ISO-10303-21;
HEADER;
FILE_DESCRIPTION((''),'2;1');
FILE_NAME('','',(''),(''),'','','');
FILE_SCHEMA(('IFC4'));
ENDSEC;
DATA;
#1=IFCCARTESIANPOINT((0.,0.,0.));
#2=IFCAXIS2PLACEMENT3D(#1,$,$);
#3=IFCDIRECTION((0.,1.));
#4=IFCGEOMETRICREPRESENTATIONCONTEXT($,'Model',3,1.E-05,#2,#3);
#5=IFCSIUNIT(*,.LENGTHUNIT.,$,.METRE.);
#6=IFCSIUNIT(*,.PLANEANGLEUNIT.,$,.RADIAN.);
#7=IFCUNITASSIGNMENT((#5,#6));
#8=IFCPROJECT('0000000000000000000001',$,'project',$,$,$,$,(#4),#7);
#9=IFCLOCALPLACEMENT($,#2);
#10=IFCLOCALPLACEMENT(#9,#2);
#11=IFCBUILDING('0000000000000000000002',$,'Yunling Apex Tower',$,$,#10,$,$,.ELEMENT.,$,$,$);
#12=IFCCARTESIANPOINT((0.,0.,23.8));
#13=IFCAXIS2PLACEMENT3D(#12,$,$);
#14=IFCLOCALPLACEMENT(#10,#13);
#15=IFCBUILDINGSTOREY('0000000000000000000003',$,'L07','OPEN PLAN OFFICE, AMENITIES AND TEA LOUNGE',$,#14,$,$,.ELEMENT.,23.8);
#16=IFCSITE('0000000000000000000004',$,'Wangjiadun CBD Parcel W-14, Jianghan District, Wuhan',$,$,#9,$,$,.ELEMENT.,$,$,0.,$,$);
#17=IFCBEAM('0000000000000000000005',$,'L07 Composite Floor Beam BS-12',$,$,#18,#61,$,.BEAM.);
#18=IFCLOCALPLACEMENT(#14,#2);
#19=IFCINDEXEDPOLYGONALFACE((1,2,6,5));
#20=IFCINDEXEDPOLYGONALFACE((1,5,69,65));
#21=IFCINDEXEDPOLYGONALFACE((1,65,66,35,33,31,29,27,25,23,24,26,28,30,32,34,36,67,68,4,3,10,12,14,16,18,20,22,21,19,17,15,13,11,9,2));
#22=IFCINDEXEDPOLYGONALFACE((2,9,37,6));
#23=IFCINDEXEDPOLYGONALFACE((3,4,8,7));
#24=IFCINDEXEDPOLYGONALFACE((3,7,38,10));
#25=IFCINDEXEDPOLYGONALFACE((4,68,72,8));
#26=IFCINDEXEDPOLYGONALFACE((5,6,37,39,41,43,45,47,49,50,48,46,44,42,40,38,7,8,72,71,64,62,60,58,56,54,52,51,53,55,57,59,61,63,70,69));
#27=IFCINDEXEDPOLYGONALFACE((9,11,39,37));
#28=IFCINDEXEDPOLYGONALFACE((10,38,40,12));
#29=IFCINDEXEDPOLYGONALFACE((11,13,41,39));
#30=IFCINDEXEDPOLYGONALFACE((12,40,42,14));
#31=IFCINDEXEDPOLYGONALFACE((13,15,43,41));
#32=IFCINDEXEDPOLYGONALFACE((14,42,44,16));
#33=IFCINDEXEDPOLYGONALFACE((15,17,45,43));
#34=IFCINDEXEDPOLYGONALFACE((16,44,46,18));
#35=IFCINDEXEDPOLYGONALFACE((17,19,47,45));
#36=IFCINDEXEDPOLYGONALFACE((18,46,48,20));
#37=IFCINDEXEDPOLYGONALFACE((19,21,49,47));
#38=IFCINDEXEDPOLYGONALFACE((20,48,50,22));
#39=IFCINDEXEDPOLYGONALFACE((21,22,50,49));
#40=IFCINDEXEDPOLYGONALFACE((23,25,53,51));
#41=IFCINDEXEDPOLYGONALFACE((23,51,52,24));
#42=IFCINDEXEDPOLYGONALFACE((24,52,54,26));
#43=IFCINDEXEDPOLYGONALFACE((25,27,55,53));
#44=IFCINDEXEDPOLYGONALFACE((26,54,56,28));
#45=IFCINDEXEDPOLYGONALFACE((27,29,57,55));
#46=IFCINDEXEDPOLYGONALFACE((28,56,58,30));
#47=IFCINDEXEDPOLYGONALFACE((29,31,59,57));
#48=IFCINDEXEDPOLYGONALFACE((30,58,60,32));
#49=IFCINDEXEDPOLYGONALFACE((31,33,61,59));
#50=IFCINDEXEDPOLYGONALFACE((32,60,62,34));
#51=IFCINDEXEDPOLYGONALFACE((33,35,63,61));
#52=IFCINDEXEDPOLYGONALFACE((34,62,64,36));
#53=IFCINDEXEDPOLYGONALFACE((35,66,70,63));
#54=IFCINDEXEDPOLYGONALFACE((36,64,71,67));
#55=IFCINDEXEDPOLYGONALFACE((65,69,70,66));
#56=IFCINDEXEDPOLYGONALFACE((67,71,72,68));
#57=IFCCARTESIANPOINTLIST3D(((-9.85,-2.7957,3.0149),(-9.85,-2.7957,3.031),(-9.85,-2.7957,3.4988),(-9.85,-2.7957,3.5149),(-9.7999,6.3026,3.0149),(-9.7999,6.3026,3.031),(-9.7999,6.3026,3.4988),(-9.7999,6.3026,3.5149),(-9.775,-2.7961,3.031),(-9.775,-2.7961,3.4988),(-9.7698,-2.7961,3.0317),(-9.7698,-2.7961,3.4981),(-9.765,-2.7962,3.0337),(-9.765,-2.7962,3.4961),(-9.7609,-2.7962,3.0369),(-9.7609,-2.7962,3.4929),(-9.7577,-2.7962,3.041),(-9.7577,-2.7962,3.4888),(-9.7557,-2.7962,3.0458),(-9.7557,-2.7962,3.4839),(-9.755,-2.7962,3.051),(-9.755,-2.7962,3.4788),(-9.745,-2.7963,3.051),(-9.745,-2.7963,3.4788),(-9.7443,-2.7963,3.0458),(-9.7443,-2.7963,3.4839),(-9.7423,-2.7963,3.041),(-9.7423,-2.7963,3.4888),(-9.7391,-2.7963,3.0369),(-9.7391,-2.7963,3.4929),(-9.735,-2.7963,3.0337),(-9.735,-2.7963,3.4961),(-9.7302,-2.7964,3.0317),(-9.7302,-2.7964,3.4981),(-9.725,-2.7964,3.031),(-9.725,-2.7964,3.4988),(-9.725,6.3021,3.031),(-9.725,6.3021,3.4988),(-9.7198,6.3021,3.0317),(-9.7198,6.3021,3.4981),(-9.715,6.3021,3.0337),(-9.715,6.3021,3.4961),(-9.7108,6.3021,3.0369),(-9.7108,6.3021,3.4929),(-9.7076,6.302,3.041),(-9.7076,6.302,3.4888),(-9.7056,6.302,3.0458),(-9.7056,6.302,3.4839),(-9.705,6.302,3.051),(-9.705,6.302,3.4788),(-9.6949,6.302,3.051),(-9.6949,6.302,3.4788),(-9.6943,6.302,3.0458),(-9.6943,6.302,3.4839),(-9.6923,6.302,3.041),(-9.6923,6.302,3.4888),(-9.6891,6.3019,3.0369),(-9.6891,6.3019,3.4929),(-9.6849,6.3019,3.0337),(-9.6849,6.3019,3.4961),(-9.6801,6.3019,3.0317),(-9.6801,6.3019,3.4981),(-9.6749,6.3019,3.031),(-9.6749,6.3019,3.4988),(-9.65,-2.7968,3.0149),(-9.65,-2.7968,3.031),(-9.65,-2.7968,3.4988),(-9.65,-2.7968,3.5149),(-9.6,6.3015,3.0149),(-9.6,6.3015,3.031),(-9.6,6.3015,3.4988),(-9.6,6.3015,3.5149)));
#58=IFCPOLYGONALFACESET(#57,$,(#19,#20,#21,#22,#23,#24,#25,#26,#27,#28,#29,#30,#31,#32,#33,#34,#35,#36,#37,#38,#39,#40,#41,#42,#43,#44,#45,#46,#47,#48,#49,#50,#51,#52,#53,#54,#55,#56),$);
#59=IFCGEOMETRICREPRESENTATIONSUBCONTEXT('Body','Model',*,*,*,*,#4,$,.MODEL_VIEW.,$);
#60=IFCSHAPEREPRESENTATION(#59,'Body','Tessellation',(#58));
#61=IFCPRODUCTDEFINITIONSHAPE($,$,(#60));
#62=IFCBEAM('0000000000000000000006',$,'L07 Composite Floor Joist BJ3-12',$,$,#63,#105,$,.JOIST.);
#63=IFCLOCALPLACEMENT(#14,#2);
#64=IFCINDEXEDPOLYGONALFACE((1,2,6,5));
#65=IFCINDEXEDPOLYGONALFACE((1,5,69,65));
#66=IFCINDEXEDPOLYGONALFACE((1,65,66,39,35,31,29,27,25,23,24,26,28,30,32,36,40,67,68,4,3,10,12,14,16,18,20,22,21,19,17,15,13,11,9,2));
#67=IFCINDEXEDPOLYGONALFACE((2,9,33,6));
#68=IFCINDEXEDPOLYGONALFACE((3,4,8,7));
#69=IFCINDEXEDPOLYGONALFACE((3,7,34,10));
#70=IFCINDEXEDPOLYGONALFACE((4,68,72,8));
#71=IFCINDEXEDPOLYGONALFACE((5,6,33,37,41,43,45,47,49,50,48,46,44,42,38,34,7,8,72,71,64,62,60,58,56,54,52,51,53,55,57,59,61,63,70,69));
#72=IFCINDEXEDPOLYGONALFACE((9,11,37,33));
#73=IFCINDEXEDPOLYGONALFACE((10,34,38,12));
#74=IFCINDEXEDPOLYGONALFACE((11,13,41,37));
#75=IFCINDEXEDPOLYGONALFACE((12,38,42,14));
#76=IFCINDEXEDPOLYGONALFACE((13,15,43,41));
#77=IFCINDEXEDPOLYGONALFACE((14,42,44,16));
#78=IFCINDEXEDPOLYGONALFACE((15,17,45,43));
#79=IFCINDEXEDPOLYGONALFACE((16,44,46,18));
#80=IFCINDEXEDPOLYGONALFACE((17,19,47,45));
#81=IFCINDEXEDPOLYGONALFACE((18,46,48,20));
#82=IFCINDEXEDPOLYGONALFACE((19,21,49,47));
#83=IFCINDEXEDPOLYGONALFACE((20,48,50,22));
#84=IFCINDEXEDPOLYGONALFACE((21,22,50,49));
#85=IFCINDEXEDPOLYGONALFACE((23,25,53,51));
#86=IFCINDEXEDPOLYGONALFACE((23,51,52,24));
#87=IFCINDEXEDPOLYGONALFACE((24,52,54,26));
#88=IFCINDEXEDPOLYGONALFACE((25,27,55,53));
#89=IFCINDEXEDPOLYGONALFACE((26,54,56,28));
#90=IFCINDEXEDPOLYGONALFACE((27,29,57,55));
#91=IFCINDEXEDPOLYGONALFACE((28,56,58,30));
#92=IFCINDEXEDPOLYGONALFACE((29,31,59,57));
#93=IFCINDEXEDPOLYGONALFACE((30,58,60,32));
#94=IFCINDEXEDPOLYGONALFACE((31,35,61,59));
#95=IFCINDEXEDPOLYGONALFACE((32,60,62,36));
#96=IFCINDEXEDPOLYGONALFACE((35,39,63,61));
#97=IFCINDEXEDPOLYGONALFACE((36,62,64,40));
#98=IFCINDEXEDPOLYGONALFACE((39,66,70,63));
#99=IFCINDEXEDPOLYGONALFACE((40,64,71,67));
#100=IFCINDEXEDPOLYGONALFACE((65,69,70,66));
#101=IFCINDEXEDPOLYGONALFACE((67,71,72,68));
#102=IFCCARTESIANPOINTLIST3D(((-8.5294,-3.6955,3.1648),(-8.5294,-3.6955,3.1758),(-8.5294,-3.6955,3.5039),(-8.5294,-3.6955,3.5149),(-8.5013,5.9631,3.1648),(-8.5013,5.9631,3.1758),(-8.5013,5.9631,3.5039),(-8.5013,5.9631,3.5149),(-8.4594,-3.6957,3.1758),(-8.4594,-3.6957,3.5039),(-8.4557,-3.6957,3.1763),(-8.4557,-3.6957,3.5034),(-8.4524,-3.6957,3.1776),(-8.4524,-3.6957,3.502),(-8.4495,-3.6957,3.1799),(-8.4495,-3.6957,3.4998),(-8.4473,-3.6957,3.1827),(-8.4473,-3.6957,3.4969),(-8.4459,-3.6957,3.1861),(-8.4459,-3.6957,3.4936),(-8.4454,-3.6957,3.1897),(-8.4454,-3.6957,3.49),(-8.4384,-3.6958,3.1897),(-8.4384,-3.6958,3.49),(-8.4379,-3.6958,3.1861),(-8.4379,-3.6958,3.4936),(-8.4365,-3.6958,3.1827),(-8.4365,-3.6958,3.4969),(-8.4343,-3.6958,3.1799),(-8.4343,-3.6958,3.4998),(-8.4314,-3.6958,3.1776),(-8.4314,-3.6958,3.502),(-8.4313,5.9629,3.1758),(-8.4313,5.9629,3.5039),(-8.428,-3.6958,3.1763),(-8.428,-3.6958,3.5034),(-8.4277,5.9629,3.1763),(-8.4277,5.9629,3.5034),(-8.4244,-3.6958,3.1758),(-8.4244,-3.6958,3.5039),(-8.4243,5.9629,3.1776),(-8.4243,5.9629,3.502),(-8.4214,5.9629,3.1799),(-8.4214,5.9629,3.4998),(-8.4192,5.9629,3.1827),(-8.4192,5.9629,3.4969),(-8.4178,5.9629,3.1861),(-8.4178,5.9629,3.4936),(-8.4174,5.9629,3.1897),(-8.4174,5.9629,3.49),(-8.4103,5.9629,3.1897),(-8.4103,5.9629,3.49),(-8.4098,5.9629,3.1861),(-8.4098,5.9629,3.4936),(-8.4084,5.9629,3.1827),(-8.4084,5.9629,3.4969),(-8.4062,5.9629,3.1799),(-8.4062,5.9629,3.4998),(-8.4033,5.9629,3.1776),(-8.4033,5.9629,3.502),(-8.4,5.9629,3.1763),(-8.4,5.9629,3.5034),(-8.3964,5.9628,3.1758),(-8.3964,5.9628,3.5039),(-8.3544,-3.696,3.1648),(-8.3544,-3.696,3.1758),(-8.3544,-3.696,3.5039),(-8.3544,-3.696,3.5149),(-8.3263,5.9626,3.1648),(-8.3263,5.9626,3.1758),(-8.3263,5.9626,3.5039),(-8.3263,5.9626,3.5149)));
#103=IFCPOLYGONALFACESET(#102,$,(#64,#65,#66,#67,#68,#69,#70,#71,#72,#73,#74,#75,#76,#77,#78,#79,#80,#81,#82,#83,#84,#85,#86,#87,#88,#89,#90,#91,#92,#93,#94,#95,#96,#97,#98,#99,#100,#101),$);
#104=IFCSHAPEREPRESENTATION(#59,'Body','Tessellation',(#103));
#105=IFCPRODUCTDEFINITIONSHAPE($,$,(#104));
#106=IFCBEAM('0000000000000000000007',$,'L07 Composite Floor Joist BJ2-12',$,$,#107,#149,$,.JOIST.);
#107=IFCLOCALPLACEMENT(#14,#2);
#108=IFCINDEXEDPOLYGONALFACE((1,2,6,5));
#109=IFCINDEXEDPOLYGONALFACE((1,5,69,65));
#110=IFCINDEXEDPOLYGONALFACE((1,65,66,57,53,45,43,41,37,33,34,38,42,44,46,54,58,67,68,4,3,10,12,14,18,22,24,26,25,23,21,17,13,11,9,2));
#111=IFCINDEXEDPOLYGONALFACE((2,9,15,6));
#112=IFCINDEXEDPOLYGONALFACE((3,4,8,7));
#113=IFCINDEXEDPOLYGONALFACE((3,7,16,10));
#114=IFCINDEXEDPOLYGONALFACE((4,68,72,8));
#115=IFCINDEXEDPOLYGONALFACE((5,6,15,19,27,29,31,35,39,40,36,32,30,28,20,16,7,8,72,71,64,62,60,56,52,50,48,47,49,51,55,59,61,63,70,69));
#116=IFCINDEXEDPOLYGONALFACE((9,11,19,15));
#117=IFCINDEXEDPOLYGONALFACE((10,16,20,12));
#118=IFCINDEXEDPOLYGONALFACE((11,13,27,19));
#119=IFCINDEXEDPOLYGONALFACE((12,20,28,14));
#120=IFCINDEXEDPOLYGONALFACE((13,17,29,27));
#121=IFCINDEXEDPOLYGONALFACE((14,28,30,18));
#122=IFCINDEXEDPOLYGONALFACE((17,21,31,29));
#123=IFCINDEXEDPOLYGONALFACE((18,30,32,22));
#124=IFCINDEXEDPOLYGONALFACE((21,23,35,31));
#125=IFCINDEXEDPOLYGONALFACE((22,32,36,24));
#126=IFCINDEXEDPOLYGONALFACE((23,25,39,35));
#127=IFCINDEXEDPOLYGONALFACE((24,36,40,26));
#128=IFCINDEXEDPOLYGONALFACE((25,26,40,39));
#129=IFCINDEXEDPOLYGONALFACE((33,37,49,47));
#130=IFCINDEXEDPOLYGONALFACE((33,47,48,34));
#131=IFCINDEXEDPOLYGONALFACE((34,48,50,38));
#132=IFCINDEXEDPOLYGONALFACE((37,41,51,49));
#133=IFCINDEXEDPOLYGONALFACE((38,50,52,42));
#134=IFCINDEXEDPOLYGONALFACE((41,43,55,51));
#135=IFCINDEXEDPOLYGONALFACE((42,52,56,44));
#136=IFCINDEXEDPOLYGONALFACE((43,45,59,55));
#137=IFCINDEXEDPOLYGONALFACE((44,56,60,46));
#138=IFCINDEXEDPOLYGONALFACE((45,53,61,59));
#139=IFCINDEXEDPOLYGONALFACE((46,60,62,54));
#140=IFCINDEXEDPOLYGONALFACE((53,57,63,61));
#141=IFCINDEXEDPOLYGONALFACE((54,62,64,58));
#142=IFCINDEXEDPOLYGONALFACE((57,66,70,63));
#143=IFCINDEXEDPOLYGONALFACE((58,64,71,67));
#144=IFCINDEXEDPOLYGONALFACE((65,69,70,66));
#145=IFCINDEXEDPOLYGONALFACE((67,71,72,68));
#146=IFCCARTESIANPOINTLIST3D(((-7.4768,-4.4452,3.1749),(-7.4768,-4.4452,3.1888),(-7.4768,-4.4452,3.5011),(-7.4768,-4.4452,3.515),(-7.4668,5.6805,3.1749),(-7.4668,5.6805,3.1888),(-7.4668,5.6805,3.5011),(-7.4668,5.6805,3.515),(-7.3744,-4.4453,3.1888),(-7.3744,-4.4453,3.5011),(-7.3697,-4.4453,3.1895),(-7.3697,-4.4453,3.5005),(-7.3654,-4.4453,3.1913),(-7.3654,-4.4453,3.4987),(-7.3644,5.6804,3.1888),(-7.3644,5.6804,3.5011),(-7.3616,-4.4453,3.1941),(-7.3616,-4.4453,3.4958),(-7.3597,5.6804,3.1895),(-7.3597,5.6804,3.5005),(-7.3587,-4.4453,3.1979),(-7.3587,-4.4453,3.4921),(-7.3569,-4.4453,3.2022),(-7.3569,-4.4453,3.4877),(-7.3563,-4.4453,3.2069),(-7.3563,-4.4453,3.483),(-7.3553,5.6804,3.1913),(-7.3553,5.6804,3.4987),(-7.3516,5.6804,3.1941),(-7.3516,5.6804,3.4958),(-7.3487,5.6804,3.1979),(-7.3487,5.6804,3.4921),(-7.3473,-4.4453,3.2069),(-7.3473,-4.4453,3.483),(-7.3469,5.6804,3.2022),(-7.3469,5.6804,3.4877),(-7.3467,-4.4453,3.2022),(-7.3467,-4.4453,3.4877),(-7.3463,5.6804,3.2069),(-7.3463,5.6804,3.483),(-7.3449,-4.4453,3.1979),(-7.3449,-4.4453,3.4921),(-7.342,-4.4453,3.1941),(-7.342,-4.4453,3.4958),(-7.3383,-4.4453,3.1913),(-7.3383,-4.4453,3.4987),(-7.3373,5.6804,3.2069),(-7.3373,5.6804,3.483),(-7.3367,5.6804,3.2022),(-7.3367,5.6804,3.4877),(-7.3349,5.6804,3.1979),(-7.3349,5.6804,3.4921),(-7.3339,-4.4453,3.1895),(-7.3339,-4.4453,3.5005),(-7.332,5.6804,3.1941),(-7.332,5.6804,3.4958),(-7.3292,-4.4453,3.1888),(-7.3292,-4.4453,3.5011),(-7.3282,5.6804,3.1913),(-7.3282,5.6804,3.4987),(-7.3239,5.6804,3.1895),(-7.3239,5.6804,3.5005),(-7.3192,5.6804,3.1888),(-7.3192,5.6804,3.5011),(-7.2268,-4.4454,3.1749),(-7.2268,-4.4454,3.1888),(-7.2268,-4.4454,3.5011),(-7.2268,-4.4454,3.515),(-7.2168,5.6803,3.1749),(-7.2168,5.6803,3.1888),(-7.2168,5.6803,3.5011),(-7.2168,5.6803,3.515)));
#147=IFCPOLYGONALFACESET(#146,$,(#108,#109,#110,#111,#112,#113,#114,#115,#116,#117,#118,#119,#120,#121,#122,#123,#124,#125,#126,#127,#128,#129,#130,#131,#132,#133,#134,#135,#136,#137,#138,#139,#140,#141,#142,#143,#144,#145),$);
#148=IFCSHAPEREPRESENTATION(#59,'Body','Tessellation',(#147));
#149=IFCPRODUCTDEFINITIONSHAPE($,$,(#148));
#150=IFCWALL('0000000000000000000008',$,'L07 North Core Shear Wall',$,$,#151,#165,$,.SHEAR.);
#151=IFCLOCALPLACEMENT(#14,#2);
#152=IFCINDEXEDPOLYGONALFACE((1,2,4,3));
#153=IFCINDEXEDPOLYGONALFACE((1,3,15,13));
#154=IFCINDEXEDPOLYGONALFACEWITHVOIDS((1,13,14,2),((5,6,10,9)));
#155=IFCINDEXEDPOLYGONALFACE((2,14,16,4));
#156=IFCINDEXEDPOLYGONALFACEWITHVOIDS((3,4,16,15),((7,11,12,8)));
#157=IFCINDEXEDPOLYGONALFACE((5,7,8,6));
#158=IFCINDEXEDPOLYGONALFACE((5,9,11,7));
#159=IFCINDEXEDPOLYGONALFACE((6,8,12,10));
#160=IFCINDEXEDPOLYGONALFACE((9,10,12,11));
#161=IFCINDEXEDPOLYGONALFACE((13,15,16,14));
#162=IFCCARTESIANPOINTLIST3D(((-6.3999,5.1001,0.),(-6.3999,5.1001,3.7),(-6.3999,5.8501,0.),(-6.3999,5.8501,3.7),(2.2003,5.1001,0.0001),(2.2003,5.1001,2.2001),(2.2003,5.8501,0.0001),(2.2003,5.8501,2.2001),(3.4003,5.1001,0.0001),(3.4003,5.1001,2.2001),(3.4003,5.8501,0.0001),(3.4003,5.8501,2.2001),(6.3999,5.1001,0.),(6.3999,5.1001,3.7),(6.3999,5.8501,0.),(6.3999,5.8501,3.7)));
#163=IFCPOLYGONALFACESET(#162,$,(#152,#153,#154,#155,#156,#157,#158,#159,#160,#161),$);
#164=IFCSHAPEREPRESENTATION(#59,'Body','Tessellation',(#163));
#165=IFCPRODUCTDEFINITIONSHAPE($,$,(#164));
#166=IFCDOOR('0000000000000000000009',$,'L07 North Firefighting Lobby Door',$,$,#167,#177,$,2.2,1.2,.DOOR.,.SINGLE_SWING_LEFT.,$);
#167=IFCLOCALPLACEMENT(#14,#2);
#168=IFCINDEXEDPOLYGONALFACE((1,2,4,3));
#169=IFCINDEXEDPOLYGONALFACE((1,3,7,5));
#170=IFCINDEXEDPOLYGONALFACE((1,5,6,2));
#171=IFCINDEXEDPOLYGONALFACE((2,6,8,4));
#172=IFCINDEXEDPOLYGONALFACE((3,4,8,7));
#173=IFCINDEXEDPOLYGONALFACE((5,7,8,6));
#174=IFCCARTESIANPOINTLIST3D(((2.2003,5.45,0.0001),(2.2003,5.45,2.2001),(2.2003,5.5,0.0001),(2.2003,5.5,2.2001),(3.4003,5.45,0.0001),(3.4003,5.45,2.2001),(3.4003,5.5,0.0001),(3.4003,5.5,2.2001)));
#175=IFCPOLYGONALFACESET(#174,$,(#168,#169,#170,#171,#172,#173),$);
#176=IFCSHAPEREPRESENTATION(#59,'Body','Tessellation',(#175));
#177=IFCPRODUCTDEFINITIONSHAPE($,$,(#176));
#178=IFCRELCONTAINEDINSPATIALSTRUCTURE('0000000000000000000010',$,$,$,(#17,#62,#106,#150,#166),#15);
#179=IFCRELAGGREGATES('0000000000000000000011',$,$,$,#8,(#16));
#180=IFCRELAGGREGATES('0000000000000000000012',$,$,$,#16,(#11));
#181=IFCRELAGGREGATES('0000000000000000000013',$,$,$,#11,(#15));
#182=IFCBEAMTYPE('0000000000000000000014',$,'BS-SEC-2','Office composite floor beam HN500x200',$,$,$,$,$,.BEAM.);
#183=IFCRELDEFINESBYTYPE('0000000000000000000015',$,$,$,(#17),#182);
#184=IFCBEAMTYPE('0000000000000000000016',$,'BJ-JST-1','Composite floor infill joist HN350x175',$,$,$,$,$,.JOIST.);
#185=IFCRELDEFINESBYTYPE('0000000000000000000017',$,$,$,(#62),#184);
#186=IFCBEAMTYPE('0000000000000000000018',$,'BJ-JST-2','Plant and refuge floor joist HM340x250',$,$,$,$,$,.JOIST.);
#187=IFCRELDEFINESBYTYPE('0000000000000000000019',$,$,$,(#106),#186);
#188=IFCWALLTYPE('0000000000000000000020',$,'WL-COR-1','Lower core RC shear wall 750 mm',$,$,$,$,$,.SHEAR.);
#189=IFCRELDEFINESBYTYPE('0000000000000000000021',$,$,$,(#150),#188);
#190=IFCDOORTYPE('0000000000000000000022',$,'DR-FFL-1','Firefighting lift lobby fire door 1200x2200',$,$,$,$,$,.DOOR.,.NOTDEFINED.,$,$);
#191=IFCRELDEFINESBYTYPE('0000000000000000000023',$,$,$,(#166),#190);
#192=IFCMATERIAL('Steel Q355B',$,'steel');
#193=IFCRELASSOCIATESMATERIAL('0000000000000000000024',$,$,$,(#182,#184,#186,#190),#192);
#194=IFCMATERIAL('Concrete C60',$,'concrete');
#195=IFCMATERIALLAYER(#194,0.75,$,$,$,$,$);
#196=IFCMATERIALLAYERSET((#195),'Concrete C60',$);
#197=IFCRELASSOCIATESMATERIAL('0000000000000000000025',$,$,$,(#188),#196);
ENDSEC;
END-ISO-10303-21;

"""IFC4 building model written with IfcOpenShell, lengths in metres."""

from ifc_helpers import new_model, si_unit, direction, frame, frame_2d, origin, origin_2d, place, context, subcontext, project, spatial, rectangle, i_section, extrude, source, transform, mapped, material, layer, layer_set, material_profile, profile_set, type_object, element, fill, save


model = new_model("IFC4")

# Units and contexts
model_context = context("Model", 3, precision=1e-05, world=origin(), true_north=direction((0.0, 1.0)))
body_context = subcontext(model_context, "Body", "Model", "MODEL_VIEW")
ifc_project = project(units=[si_unit("LENGTHUNIT", "METRE"), si_unit("PLANEANGLEUNIT", "RADIAN")], contexts=[model_context])

# Site, building, storey
site_placement = place(None, origin())
site = spatial("IfcSite", under=ifc_project, at=site_placement, Name="Wangjiadun CBD Parcel W-14, Jianghan District, Wuhan", CompositionType="ELEMENT", RefElevation=0.0)
building_placement = place(site_placement, origin())
building = spatial("IfcBuilding", under=site, at=building_placement, Name="Yunling Apex Tower", CompositionType="ELEMENT")
storey_placement = place(building_placement, frame((0.0, 0.0, 23.8)))
storey = spatial("IfcBuildingStorey", under=building, at=storey_placement, Name="L07", Description="OPEN PLAN OFFICE, AMENITIES AND TEA LOUNGE", CompositionType="ELEMENT", Elevation=23.8)

# Shared definitions
ifc_material_1 = material(Name="Concrete C60", Category="concrete")

# Beams
ifc_material_2 = material(Name="Steel Q355B", Category="steel")
ifc_material_profile_1 = material_profile(ifc_material_2, i_section(OverallWidth=0.2, OverallDepth=0.5, WebThickness=0.01, FlangeThickness=0.0161, FilletRadius=0.02, at=origin_2d()))
ifc_profile_set_1 = profile_set([ifc_material_profile_1], Name="Steel Q355B")
beam_type_1 = type_object("IfcBeamType", Name="BS-SEC-2", Description="Office composite floor beam HN500x200", PredefinedType="BEAM", material=ifc_profile_set_1)
shared_shape_1 = source(origin(), body_context, "Body", "SweptSolid", [
    extrude(i_section(OverallWidth=0.2, OverallDepth=0.5, WebThickness=0.01, FlangeThickness=0.0161, FilletRadius=0.02, at=origin_2d()), origin(), (0.0, 0.0, 1.0), 9.0984),
])
beam_1_placement = place(storey_placement, frame((-9.7, 6.302, 3.2649), z_axis=(-0.005501, -0.999985, 0.0), x_axis=(0.999985, -0.005501, 0.0)))
element("IfcBeam", 1, at=beam_1_placement, inside=storey, type_object=beam_type_1, Name="L07 Composite Floor Beam BS-12", PredefinedType="BEAM", context=body_context, shape_type="MappedRepresentation", body=[
    mapped(shared_shape_1, transform((0.0, 0.0, 0.0), scale=1.0)),
])
ifc_material_profile_2 = material_profile(ifc_material_2, i_section(OverallWidth=0.175, OverallDepth=0.3501, WebThickness=0.0071, FlangeThickness=0.011, FilletRadius=0.0139, at=origin_2d()))
ifc_profile_set_2 = profile_set([ifc_material_profile_2], Name="Steel Q355B")
beam_type_2 = type_object("IfcBeamType", Name="BJ-JST-1", Description="Composite floor infill joist HN350x175", PredefinedType="JOIST", material=ifc_profile_set_2)
shared_shape_2 = source(origin(), body_context, "Body", "SweptSolid", [
    extrude(i_section(OverallWidth=0.175, OverallDepth=0.3501, WebThickness=0.0071, FlangeThickness=0.011, FilletRadius=0.0139, at=origin_2d()), origin(), (0.0, 0.0, 1.0), 9.6587),
])
beam_2_placement = place(storey_placement, frame((-8.4138, 5.9629, 3.3398), z_axis=(-0.002907, -0.999996, 0.0), x_axis=(0.999996, -0.002907, 0.0)))
element("IfcBeam", 2, at=beam_2_placement, inside=storey, type_object=beam_type_2, Name="L07 Composite Floor Joist BJ3-12", PredefinedType="JOIST", context=body_context, shape_type="MappedRepresentation", body=[
    mapped(shared_shape_2, transform((0.0, 0.0, 0.0), scale=1.0)),
])
ifc_material_profile_3 = material_profile(ifc_material_2, i_section(OverallWidth=0.25, OverallDepth=0.3401, WebThickness=0.009, FlangeThickness=0.0139, FilletRadius=0.0181, at=origin_2d()))
ifc_profile_set_3 = profile_set([ifc_material_profile_3], Name="Steel Q355B")
beam_type_3 = type_object("IfcBeamType", Name="BJ-JST-2", Description="Plant and refuge floor joist HM340x250", PredefinedType="JOIST", material=ifc_profile_set_3)
shared_shape_3 = source(origin(), body_context, "Body", "SweptSolid", [
    extrude(i_section(OverallWidth=0.25, OverallDepth=0.3401, WebThickness=0.009, FlangeThickness=0.0139, FilletRadius=0.0181, at=origin_2d()), origin(), (0.0, 0.0, 1.0), 10.1257),
])
beam_3_placement = place(storey_placement, frame((-7.3418, 5.6804, 3.345), z_axis=(-0.000989, -1.0, 0.0), x_axis=(1.0, -0.000989, 0.0)))
element("IfcBeam", 3, at=beam_3_placement, inside=storey, type_object=beam_type_3, Name="L07 Composite Floor Joist BJ2-12", PredefinedType="JOIST", context=body_context, shape_type="MappedRepresentation", body=[
    mapped(shared_shape_3, transform((0.0, 0.0, 0.0), scale=1.0)),
])

# Wall, opening, door
ifc_layer_1 = layer(ifc_material_1, 0.75)
ifc_layer_set_1 = layer_set([ifc_layer_1], Name="Concrete C60")
wall_type_1 = type_object("IfcWallType", Name="WL-COR-1", Description="Lower core RC shear wall 750 mm", PredefinedType="SHEAR", material=ifc_layer_set_1)
wall_1_placement = place(storey_placement, frame((-6.3999, 5.4751, 0.0), z_axis=(0.0, 0.0, 1.0), x_axis=(1.0, 0.0, 0.0)))
wall_1 = element("IfcWall", 4, at=wall_1_placement, inside=storey, type_object=wall_type_1, Name="L07 North Core Shear Wall", PredefinedType="SHEAR", context=body_context, shape_type="SweptSolid", body=[
    extrude(rectangle(XDim=12.7998, YDim=0.75, at=frame_2d((6.3999, 0.0))), origin(), (0.0, 0.0, 1.0), 3.7),
])
opening_1_placement = place(wall_1_placement, frame((8.6001, 0.0, 0.0)))
opening_1 = element("IfcOpeningElement", 5, at=opening_1_placement, cuts=wall_1, PredefinedType="OPENING", context=body_context, shape_type="SweptSolid", body=[
    extrude(rectangle(XDim=1.2, YDim=2.2, at=frame_2d((0.6001, 1.1001))), frame((0.0, 0.385, 0.0), z_axis=(0.0, -1.0, 0.0), x_axis=(1.0, 0.0, 0.0)), (0.0, 0.0, 1.0), 0.77),
])
door_type_1 = type_object("IfcDoorType", Name="DR-FFL-1", Description="Firefighting lift lobby fire door 1200x2200", OperationType="NOTDEFINED", PredefinedType="DOOR", material=ifc_material_2)
door_1_placement = place(opening_1_placement, origin())
door_1 = element("IfcDoor", 6, at=door_1_placement, inside=storey, type_object=door_type_1, Name="L07 North Firefighting Lobby Door", OperationType="SINGLE_SWING_LEFT", OverallHeight=2.2, OverallWidth=1.2, PredefinedType="DOOR", context=body_context, shape_type="SweptSolid", body=[
    extrude(rectangle(XDim=1.2, YDim=2.2, at=frame_2d((0.6001, 1.1001))), frame((0.0, 0.0249, 0.0), z_axis=(0.0, -1.0, 0.0), x_axis=(1.0, 0.0, 0.0)), (0.0, 0.0, 1.0), 0.05),
])
fill(opening_1, door_1)

save(model, "model.ifc")
